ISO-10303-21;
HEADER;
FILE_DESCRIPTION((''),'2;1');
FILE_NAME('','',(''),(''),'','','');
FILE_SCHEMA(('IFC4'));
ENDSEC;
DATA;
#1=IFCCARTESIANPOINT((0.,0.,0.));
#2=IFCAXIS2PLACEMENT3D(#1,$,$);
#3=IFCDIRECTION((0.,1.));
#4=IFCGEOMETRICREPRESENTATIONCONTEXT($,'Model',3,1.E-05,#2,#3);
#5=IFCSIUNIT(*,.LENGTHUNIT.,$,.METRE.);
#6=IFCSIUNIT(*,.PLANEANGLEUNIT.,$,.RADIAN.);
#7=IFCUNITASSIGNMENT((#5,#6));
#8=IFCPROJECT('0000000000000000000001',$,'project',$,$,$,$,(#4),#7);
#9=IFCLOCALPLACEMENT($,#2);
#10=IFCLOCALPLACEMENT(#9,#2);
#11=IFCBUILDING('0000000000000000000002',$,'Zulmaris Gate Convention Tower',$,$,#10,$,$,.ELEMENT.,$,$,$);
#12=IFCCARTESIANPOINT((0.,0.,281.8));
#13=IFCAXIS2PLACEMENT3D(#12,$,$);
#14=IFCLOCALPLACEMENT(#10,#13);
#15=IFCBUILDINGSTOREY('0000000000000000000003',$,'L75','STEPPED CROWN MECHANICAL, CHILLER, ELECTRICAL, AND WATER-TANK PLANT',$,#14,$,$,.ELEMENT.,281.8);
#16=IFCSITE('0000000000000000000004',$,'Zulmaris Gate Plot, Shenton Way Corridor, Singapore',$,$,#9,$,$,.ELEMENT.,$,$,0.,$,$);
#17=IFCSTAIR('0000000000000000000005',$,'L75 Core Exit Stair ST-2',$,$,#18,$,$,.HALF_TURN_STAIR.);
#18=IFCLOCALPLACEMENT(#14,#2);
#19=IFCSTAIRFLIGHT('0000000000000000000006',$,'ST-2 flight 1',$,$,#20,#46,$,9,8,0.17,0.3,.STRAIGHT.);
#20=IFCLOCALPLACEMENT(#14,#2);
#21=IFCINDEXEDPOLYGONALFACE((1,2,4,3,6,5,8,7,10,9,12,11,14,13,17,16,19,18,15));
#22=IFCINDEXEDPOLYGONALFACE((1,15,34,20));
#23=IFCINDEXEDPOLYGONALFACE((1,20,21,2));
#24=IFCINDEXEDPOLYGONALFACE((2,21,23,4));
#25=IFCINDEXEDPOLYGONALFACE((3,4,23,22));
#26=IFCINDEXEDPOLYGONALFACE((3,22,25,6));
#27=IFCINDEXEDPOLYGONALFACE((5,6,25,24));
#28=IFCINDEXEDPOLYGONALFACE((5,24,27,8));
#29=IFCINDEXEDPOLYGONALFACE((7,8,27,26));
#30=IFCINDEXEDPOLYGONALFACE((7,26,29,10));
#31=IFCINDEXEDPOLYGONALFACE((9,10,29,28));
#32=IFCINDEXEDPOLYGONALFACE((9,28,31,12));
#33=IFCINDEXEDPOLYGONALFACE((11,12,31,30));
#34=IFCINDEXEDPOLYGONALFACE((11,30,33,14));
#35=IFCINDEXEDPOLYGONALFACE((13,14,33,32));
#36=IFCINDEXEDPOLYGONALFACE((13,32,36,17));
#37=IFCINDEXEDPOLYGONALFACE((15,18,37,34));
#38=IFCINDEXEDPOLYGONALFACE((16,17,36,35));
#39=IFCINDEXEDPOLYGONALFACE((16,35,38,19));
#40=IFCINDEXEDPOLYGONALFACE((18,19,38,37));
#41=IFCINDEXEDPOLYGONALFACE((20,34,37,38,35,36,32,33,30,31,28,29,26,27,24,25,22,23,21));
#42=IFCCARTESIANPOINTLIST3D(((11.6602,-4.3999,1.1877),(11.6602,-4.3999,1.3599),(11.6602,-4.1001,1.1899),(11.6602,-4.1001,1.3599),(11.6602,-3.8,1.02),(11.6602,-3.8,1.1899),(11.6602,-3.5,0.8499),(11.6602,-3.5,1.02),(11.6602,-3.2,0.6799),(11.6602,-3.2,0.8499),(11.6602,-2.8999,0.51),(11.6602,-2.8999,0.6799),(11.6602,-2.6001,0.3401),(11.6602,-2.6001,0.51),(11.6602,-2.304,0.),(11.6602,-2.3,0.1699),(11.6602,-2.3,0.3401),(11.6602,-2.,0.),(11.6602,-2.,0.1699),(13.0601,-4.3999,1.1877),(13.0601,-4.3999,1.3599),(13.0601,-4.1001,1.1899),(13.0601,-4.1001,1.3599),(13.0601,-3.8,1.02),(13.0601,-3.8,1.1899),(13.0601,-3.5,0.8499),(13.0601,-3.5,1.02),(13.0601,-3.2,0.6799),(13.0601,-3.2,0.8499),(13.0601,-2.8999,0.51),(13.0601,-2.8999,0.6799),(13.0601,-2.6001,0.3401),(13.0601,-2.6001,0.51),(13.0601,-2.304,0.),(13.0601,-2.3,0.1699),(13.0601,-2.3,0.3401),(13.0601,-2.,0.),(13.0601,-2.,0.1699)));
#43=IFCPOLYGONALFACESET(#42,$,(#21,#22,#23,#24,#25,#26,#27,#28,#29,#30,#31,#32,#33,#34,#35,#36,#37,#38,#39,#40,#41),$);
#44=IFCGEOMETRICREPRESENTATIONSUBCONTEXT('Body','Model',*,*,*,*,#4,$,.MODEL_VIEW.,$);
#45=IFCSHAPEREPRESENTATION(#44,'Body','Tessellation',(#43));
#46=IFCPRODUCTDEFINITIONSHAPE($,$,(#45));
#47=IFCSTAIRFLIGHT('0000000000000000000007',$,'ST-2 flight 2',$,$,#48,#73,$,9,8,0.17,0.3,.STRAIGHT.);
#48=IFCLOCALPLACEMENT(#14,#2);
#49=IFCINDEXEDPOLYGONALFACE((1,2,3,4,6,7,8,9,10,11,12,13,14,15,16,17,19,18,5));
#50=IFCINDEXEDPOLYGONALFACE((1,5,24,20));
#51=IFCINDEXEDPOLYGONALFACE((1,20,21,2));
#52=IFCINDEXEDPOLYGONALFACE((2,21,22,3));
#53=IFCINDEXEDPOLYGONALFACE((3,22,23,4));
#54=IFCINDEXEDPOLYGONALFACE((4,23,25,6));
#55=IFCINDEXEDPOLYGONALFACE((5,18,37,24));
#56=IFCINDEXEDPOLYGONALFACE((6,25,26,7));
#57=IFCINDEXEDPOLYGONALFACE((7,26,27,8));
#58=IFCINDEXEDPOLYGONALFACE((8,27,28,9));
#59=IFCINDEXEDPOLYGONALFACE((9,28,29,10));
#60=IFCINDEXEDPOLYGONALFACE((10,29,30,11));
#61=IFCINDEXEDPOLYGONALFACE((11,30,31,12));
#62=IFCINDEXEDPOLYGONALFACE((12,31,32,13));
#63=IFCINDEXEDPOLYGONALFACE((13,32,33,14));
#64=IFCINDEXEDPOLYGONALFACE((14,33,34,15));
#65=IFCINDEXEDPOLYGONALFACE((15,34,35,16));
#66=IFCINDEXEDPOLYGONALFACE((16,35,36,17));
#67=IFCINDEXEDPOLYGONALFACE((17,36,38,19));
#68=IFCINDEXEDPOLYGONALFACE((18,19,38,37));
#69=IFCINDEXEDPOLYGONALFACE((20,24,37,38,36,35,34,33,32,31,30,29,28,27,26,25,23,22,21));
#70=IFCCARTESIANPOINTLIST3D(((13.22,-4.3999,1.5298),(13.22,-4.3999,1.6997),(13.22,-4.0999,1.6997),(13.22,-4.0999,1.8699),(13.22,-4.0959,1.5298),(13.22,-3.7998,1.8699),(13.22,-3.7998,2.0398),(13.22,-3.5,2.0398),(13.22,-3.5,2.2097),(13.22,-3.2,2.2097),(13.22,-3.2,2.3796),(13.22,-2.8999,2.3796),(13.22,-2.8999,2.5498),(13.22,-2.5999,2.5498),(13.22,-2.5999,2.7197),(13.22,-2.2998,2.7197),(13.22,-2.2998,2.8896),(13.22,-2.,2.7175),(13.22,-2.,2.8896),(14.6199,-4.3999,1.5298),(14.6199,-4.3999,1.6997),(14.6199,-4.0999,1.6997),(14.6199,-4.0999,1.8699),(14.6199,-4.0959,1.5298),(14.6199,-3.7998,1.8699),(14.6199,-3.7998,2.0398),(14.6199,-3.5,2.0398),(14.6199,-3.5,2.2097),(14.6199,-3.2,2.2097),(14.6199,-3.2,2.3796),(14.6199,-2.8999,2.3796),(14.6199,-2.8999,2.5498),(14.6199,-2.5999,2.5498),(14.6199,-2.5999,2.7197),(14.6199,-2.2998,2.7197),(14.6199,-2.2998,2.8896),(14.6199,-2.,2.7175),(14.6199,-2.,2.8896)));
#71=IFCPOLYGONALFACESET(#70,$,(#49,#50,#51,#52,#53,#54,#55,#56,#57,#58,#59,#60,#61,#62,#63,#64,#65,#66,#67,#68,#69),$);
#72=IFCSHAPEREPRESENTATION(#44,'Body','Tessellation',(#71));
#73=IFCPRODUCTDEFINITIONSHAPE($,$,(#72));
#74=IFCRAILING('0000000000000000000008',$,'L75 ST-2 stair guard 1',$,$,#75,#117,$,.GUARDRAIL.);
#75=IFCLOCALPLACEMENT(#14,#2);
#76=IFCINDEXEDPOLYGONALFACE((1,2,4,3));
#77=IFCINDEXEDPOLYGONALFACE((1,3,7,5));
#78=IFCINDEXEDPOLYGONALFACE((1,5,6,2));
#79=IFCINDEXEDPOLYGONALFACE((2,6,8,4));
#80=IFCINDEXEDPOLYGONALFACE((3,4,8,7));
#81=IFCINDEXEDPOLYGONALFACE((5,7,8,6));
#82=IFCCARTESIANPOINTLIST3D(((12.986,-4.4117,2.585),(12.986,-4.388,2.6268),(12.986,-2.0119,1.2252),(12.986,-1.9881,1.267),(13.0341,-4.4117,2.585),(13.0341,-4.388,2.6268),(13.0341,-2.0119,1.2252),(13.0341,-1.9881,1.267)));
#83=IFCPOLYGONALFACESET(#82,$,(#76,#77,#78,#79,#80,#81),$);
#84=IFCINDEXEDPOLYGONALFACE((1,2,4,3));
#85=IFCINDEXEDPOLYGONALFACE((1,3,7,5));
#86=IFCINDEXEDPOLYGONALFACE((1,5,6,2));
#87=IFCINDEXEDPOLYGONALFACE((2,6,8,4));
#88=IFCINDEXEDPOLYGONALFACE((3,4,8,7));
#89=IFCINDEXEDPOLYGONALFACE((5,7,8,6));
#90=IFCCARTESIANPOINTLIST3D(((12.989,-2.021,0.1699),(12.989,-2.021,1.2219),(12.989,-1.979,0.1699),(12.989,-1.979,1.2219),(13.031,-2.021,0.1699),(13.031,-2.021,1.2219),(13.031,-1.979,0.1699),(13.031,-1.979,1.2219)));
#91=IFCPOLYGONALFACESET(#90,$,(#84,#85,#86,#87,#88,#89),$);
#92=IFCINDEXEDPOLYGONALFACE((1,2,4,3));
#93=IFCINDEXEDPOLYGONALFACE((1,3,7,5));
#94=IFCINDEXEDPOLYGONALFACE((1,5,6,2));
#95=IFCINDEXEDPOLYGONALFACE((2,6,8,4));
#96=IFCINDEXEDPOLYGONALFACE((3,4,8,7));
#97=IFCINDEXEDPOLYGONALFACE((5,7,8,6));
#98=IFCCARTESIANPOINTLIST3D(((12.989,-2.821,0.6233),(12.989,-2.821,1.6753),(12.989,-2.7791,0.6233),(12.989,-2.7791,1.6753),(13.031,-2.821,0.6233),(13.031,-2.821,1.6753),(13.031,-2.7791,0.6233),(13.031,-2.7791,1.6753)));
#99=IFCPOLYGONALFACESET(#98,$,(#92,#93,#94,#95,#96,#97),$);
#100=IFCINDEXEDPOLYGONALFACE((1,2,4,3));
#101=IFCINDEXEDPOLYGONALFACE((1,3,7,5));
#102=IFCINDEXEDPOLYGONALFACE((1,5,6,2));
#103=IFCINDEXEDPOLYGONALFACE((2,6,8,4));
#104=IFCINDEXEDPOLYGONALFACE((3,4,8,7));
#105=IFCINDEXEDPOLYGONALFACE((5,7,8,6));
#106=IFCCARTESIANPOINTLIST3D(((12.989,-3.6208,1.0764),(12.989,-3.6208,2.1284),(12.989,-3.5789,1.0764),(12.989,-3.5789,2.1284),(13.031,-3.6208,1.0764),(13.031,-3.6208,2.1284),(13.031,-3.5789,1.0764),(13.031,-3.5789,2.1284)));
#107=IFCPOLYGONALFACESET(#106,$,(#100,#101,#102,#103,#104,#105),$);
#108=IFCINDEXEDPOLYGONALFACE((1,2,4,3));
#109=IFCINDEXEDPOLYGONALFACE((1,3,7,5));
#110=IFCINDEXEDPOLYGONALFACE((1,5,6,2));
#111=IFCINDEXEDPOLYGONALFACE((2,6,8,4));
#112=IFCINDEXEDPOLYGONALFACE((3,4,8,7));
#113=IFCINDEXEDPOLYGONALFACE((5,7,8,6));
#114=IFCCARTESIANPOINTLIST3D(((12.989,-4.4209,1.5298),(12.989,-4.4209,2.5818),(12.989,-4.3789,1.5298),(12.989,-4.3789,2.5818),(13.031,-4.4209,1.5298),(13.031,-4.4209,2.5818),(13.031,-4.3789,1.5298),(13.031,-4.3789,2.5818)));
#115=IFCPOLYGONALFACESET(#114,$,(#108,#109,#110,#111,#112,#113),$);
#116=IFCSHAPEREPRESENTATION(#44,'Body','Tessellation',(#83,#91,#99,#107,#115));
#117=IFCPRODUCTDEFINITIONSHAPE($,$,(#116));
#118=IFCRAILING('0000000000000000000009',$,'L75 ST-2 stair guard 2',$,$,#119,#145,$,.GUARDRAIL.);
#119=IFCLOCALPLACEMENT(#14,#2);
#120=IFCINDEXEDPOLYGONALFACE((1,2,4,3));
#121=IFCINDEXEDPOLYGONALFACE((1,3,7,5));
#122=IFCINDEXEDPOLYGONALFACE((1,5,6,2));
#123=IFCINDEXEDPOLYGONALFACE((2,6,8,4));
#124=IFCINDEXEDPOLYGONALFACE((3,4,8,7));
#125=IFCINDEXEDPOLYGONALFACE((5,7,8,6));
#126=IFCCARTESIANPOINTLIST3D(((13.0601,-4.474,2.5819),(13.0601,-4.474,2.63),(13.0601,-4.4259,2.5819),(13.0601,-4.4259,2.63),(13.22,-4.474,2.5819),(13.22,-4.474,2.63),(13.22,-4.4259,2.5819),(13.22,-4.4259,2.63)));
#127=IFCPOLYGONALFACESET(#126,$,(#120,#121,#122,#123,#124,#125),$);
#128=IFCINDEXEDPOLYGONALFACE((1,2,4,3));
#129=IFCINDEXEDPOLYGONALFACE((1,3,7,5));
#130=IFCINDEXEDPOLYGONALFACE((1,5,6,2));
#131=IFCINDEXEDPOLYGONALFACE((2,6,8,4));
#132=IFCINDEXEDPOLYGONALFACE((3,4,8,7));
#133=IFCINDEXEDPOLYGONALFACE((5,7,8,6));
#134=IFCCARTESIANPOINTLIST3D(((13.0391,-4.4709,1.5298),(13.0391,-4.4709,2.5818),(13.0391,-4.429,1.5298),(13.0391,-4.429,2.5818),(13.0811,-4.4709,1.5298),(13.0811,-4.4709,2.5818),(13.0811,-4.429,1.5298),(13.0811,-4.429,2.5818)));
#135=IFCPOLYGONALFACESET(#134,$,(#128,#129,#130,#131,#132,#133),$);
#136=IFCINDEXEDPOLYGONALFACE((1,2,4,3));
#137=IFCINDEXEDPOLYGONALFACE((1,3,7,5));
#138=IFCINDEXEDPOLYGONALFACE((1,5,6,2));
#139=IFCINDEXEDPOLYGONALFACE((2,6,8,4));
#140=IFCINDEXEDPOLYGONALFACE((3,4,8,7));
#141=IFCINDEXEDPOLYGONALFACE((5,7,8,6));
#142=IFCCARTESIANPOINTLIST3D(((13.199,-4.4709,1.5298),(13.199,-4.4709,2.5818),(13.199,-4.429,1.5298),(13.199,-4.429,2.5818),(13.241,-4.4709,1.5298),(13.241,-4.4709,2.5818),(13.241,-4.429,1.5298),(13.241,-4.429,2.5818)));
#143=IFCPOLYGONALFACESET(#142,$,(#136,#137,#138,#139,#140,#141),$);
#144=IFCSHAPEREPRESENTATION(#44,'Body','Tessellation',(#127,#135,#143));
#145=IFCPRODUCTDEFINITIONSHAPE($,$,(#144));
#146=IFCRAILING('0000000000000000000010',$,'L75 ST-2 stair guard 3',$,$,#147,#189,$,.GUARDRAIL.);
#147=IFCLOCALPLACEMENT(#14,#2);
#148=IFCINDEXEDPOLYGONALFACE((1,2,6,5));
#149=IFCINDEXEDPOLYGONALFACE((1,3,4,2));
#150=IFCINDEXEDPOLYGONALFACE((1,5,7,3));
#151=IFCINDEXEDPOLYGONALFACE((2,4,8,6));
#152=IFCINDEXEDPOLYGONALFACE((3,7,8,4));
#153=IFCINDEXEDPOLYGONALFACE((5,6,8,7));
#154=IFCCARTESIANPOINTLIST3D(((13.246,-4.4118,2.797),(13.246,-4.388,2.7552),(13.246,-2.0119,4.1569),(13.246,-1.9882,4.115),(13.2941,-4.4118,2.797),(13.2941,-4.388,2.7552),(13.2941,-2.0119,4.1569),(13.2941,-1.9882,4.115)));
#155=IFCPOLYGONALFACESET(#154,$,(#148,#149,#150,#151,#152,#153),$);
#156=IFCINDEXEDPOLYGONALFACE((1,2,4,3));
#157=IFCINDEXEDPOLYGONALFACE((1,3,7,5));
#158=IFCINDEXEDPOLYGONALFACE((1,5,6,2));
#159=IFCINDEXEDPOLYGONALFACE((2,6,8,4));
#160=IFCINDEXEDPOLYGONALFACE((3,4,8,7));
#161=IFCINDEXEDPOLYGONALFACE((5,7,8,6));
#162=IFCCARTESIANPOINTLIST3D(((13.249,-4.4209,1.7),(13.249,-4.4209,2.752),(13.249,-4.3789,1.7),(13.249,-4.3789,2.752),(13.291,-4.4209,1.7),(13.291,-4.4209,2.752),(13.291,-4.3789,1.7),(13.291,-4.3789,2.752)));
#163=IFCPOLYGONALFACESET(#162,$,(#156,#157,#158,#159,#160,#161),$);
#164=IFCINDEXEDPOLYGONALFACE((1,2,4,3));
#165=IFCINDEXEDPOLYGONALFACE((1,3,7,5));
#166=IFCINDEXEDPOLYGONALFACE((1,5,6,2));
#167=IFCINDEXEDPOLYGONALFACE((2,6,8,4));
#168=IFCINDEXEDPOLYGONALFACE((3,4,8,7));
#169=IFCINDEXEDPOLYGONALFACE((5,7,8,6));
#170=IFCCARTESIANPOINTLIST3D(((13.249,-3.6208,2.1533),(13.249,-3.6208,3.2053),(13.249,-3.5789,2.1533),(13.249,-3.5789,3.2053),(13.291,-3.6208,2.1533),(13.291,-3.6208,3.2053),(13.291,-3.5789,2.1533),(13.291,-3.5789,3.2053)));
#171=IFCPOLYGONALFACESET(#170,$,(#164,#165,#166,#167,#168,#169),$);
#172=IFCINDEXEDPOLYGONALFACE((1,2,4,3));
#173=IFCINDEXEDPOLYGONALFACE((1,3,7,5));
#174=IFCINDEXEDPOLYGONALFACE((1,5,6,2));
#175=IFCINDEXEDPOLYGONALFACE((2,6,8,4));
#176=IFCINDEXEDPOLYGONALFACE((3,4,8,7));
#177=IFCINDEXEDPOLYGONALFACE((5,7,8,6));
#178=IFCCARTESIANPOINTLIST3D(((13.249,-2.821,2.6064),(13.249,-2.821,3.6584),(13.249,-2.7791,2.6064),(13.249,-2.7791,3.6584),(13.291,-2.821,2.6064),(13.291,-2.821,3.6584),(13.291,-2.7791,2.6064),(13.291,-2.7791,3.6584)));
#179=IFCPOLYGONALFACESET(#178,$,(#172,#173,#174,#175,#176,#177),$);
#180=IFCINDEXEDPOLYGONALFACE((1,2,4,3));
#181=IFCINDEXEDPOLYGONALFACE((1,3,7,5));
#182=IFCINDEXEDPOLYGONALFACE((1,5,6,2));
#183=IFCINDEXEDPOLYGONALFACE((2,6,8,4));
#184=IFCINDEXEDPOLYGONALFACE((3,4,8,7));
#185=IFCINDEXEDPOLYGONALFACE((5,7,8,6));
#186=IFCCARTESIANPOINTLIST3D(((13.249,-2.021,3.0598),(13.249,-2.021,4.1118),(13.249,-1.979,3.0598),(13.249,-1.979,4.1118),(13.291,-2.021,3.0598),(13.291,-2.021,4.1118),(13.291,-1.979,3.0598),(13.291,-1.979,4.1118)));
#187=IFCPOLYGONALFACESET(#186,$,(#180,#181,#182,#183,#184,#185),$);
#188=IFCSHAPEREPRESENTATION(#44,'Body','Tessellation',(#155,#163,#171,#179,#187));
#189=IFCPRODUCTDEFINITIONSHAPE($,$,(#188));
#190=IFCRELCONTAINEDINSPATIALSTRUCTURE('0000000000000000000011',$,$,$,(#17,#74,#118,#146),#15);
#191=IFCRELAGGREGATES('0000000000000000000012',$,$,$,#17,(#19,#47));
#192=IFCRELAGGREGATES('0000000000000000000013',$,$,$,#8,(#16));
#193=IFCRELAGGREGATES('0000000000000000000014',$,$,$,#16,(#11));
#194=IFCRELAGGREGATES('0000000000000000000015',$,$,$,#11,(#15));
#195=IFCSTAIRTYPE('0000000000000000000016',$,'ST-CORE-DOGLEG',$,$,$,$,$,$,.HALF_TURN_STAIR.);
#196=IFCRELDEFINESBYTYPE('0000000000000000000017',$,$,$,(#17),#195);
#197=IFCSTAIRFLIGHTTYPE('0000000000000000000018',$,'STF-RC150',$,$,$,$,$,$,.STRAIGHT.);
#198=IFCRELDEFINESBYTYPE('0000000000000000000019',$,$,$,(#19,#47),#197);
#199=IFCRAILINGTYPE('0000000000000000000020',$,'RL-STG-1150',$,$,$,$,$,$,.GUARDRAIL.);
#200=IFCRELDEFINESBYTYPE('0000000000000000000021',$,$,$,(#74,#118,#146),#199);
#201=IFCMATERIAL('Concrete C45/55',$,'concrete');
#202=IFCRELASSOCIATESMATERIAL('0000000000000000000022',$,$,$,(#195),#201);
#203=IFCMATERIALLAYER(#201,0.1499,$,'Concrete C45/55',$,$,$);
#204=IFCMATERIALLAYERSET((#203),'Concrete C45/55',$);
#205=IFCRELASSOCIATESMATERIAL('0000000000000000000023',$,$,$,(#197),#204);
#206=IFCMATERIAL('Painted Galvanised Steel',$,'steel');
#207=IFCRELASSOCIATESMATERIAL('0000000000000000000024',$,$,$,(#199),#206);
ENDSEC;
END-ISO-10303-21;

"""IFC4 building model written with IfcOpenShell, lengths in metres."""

from ifc_helpers import new_model, si_unit, direction, frame, origin, origin_2d, place, context, subcontext, project, spatial, polyline, rectangle, outline, extrude, material, layer, layer_set, type_object, element, aggregate, save


model = new_model("IFC4")

# Units and contexts
model_context = context("Model", 3, precision=1e-05, world=origin(), true_north=direction((0.0, 1.0)))
body_context = subcontext(model_context, "Body", "Model", "MODEL_VIEW")
ifc_project = project(units=[si_unit("LENGTHUNIT", "METRE"), si_unit("PLANEANGLEUNIT", "RADIAN")], contexts=[model_context])

# Site, building, storey
site_placement = place(None, origin())
site = spatial("IfcSite", under=ifc_project, at=site_placement, Name="Zulmaris Gate Plot, Shenton Way Corridor, Singapore", CompositionType="ELEMENT", RefElevation=0.0)
building_placement = place(site_placement, origin())
building = spatial("IfcBuilding", under=site, at=building_placement, Name="Zulmaris Gate Convention Tower", CompositionType="ELEMENT")
storey_placement = place(building_placement, frame((0.0, 0.0, 281.8)))
storey = spatial("IfcBuildingStorey", under=building, at=storey_placement, Name="L75", Description="STEPPED CROWN MECHANICAL, CHILLER, ELECTRICAL, AND WATER-TANK PLANT", CompositionType="ELEMENT", Elevation=281.8)

# Stair, stair flights
ifc_material_1 = material(Name="Concrete C45/55", Category="concrete")
stair_type = type_object("IfcStairType", Name="ST-CORE-DOGLEG", PredefinedType="HALF_TURN_STAIR", material=ifc_material_1)
stair_placement = place(storey_placement, origin())
stair = element("IfcStair", 1, at=stair_placement, inside=storey, type_object=stair_type, Name="L75 Core Exit Stair ST-2", PredefinedType="HALF_TURN_STAIR")
ifc_layer_1 = layer(ifc_material_1, 0.1499, Name="Concrete C45/55")
ifc_layer_set_1 = layer_set([ifc_layer_1], Name="Concrete C45/55")
stair_flight_type = type_object("IfcStairFlightType", Name="STF-RC150", PredefinedType="STRAIGHT", material=ifc_layer_set_1)
stair_flight_1_placement = place(storey_placement, frame((12.3601, -2.0, 0.0), z_axis=(0.0, 0.0, 1.0), x_axis=(0.0, -1.0, 0.0)))
stair_flight_1 = element("IfcStairFlight", 2, at=stair_flight_1_placement, type_object=stair_flight_type, Name="ST-2 flight 1", NumberOfRisers=9, NumberOfTreads=8, PredefinedType="STRAIGHT", RiserHeight=0.17, TreadLength=0.3, context=body_context, shape_type="SweptSolid", body=[
    extrude(outline(polyline([(0.0, 0.0), (0.0, 0.1699), (0.3, 0.1699), (0.3, 0.3401), (0.6001, 0.3401), (0.6001, 0.51), (0.8999, 0.51), (0.8999, 0.6799), (1.2, 0.6799), (1.2, 0.8499), (1.5, 0.8499), (1.5, 1.02), (1.8, 1.02), (1.8, 1.1899), (2.1001, 1.1899), (2.1001, 1.3599), (2.3999, 1.3599), (2.3999, 1.53), (2.3999, 1.1877), (0.304, 0.0), (0.0, 0.0)])), frame((0.0, 0.7, 0.0), z_axis=(0.0, -1.0, 0.0), x_axis=(1.0, 0.0, 0.0)), (0.0, 0.0, 1.0), 1.3999),
])
stair_flight_2_placement = place(storey_placement, frame((13.9199, -4.3999, 1.5298), z_axis=(0.0, 0.0, 1.0), x_axis=(0.0, 1.0, 0.0)))
stair_flight_2 = element("IfcStairFlight", 3, at=stair_flight_2_placement, type_object=stair_flight_type, Name="ST-2 flight 2", NumberOfRisers=9, NumberOfTreads=8, PredefinedType="STRAIGHT", RiserHeight=0.17, TreadLength=0.3, context=body_context, shape_type="SweptSolid", body=[
    extrude(outline(polyline([(0.0, 0.0), (0.0, 0.1699), (0.3, 0.1699), (0.3, 0.3401), (0.6001, 0.3401), (0.6001, 0.51), (0.8999, 0.51), (0.8999, 0.6799), (1.2, 0.6799), (1.2, 0.8499), (1.5, 0.8499), (1.5, 1.02), (1.8, 1.02), (1.8, 1.1899), (2.1001, 1.1899), (2.1001, 1.3599), (2.3999, 1.3599), (2.3999, 1.53), (2.3999, 1.1877), (0.304, 0.0), (0.0, 0.0)])), frame((0.0, 0.7, 0.0), z_axis=(0.0, -1.0, 0.0), x_axis=(1.0, 0.0, 0.0)), (0.0, 0.0, 1.0), 1.3999),
])
aggregate(stair, [stair_flight_1, stair_flight_2])

# Railings
ifc_material_2 = material(Name="Painted Galvanised Steel", Category="steel")
railing_type_1 = type_object("IfcRailingType", Name="RL-STG-1150", PredefinedType="GUARDRAIL", material=ifc_material_2)
railing_1_placement = place(storey_placement, frame((13.01, -2.0, 0.1699)))
element("IfcRailing", 4, at=railing_1_placement, inside=storey, type_object=railing_type_1, Name="L75 ST-2 stair guard 1", PredefinedType="GUARDRAIL", context=body_context, shape_type="SweptSolid", body=[
    extrude(rectangle(XDim=0.0481, YDim=0.0481, at=origin_2d()), frame((0.0, 0.0, 1.0762), z_axis=(0.0, -0.870035, 0.49299), x_axis=(1.0, 0.0, 0.0)), (0.0, 0.0, 1.0), 2.7583),
    extrude(rectangle(XDim=0.042, YDim=0.042, at=origin_2d()), origin(), (0.0, 0.0, 1.0), 1.052),
    extrude(rectangle(XDim=0.042, YDim=0.042, at=origin_2d()), frame((0.0, -0.8, 0.4534)), (0.0, 0.0, 1.0), 1.052),
    extrude(rectangle(XDim=0.042, YDim=0.042, at=origin_2d()), frame((0.0, -1.5999, 0.9065)), (0.0, 0.0, 1.0), 1.052),
    extrude(rectangle(XDim=0.042, YDim=0.042, at=origin_2d()), frame((0.0, -2.3999, 1.3599)), (0.0, 0.0, 1.0), 1.052),
])
railing_2_placement = place(storey_placement, frame((13.0601, -4.45, 1.5298)))
element("IfcRailing", 5, at=railing_2_placement, inside=storey, type_object=railing_type_1, Name="L75 ST-2 stair guard 2", PredefinedType="GUARDRAIL", context=body_context, shape_type="SweptSolid", body=[
    extrude(rectangle(XDim=0.0481, YDim=0.0481, at=origin_2d()), frame((0.0, 0.0, 1.0762), z_axis=(1.0, 0.0, 0.0), x_axis=(0.0, 1.0, 0.0)), (0.0, 0.0, 1.0), 0.1599),
    extrude(rectangle(XDim=0.042, YDim=0.042, at=origin_2d()), origin(), (0.0, 0.0, 1.0), 1.052),
    extrude(rectangle(XDim=0.042, YDim=0.042, at=origin_2d()), frame((0.1599, 0.0, 0.0)), (0.0, 0.0, 1.0), 1.052),
])
railing_3_placement = place(storey_placement, frame((13.27, -4.3999, 1.7)))
element("IfcRailing", 6, at=railing_3_placement, inside=storey, type_object=railing_type_1, Name="L75 ST-2 stair guard 3", PredefinedType="GUARDRAIL", context=body_context, shape_type="SweptSolid", body=[
    extrude(rectangle(XDim=0.0481, YDim=0.0481, at=origin_2d()), frame((0.0, 0.0, 1.0762), z_axis=(0.0, 0.870035, 0.49299), x_axis=(-1.0, 0.0, 0.0)), (0.0, 0.0, 1.0), 2.7583),
    extrude(rectangle(XDim=0.042, YDim=0.042, at=origin_2d()), origin(), (0.0, 0.0, 1.0), 1.052),
    extrude(rectangle(XDim=0.042, YDim=0.042, at=origin_2d()), frame((0.0, 0.8, 0.4534)), (0.0, 0.0, 1.0), 1.052),
    extrude(rectangle(XDim=0.042, YDim=0.042, at=origin_2d()), frame((0.0, 1.5999, 0.9065)), (0.0, 0.0, 1.0), 1.052),
    extrude(rectangle(XDim=0.042, YDim=0.042, at=origin_2d()), frame((0.0, 2.3999, 1.3599)), (0.0, 0.0, 1.0), 1.052),
])

save(model, "model.ifc")
